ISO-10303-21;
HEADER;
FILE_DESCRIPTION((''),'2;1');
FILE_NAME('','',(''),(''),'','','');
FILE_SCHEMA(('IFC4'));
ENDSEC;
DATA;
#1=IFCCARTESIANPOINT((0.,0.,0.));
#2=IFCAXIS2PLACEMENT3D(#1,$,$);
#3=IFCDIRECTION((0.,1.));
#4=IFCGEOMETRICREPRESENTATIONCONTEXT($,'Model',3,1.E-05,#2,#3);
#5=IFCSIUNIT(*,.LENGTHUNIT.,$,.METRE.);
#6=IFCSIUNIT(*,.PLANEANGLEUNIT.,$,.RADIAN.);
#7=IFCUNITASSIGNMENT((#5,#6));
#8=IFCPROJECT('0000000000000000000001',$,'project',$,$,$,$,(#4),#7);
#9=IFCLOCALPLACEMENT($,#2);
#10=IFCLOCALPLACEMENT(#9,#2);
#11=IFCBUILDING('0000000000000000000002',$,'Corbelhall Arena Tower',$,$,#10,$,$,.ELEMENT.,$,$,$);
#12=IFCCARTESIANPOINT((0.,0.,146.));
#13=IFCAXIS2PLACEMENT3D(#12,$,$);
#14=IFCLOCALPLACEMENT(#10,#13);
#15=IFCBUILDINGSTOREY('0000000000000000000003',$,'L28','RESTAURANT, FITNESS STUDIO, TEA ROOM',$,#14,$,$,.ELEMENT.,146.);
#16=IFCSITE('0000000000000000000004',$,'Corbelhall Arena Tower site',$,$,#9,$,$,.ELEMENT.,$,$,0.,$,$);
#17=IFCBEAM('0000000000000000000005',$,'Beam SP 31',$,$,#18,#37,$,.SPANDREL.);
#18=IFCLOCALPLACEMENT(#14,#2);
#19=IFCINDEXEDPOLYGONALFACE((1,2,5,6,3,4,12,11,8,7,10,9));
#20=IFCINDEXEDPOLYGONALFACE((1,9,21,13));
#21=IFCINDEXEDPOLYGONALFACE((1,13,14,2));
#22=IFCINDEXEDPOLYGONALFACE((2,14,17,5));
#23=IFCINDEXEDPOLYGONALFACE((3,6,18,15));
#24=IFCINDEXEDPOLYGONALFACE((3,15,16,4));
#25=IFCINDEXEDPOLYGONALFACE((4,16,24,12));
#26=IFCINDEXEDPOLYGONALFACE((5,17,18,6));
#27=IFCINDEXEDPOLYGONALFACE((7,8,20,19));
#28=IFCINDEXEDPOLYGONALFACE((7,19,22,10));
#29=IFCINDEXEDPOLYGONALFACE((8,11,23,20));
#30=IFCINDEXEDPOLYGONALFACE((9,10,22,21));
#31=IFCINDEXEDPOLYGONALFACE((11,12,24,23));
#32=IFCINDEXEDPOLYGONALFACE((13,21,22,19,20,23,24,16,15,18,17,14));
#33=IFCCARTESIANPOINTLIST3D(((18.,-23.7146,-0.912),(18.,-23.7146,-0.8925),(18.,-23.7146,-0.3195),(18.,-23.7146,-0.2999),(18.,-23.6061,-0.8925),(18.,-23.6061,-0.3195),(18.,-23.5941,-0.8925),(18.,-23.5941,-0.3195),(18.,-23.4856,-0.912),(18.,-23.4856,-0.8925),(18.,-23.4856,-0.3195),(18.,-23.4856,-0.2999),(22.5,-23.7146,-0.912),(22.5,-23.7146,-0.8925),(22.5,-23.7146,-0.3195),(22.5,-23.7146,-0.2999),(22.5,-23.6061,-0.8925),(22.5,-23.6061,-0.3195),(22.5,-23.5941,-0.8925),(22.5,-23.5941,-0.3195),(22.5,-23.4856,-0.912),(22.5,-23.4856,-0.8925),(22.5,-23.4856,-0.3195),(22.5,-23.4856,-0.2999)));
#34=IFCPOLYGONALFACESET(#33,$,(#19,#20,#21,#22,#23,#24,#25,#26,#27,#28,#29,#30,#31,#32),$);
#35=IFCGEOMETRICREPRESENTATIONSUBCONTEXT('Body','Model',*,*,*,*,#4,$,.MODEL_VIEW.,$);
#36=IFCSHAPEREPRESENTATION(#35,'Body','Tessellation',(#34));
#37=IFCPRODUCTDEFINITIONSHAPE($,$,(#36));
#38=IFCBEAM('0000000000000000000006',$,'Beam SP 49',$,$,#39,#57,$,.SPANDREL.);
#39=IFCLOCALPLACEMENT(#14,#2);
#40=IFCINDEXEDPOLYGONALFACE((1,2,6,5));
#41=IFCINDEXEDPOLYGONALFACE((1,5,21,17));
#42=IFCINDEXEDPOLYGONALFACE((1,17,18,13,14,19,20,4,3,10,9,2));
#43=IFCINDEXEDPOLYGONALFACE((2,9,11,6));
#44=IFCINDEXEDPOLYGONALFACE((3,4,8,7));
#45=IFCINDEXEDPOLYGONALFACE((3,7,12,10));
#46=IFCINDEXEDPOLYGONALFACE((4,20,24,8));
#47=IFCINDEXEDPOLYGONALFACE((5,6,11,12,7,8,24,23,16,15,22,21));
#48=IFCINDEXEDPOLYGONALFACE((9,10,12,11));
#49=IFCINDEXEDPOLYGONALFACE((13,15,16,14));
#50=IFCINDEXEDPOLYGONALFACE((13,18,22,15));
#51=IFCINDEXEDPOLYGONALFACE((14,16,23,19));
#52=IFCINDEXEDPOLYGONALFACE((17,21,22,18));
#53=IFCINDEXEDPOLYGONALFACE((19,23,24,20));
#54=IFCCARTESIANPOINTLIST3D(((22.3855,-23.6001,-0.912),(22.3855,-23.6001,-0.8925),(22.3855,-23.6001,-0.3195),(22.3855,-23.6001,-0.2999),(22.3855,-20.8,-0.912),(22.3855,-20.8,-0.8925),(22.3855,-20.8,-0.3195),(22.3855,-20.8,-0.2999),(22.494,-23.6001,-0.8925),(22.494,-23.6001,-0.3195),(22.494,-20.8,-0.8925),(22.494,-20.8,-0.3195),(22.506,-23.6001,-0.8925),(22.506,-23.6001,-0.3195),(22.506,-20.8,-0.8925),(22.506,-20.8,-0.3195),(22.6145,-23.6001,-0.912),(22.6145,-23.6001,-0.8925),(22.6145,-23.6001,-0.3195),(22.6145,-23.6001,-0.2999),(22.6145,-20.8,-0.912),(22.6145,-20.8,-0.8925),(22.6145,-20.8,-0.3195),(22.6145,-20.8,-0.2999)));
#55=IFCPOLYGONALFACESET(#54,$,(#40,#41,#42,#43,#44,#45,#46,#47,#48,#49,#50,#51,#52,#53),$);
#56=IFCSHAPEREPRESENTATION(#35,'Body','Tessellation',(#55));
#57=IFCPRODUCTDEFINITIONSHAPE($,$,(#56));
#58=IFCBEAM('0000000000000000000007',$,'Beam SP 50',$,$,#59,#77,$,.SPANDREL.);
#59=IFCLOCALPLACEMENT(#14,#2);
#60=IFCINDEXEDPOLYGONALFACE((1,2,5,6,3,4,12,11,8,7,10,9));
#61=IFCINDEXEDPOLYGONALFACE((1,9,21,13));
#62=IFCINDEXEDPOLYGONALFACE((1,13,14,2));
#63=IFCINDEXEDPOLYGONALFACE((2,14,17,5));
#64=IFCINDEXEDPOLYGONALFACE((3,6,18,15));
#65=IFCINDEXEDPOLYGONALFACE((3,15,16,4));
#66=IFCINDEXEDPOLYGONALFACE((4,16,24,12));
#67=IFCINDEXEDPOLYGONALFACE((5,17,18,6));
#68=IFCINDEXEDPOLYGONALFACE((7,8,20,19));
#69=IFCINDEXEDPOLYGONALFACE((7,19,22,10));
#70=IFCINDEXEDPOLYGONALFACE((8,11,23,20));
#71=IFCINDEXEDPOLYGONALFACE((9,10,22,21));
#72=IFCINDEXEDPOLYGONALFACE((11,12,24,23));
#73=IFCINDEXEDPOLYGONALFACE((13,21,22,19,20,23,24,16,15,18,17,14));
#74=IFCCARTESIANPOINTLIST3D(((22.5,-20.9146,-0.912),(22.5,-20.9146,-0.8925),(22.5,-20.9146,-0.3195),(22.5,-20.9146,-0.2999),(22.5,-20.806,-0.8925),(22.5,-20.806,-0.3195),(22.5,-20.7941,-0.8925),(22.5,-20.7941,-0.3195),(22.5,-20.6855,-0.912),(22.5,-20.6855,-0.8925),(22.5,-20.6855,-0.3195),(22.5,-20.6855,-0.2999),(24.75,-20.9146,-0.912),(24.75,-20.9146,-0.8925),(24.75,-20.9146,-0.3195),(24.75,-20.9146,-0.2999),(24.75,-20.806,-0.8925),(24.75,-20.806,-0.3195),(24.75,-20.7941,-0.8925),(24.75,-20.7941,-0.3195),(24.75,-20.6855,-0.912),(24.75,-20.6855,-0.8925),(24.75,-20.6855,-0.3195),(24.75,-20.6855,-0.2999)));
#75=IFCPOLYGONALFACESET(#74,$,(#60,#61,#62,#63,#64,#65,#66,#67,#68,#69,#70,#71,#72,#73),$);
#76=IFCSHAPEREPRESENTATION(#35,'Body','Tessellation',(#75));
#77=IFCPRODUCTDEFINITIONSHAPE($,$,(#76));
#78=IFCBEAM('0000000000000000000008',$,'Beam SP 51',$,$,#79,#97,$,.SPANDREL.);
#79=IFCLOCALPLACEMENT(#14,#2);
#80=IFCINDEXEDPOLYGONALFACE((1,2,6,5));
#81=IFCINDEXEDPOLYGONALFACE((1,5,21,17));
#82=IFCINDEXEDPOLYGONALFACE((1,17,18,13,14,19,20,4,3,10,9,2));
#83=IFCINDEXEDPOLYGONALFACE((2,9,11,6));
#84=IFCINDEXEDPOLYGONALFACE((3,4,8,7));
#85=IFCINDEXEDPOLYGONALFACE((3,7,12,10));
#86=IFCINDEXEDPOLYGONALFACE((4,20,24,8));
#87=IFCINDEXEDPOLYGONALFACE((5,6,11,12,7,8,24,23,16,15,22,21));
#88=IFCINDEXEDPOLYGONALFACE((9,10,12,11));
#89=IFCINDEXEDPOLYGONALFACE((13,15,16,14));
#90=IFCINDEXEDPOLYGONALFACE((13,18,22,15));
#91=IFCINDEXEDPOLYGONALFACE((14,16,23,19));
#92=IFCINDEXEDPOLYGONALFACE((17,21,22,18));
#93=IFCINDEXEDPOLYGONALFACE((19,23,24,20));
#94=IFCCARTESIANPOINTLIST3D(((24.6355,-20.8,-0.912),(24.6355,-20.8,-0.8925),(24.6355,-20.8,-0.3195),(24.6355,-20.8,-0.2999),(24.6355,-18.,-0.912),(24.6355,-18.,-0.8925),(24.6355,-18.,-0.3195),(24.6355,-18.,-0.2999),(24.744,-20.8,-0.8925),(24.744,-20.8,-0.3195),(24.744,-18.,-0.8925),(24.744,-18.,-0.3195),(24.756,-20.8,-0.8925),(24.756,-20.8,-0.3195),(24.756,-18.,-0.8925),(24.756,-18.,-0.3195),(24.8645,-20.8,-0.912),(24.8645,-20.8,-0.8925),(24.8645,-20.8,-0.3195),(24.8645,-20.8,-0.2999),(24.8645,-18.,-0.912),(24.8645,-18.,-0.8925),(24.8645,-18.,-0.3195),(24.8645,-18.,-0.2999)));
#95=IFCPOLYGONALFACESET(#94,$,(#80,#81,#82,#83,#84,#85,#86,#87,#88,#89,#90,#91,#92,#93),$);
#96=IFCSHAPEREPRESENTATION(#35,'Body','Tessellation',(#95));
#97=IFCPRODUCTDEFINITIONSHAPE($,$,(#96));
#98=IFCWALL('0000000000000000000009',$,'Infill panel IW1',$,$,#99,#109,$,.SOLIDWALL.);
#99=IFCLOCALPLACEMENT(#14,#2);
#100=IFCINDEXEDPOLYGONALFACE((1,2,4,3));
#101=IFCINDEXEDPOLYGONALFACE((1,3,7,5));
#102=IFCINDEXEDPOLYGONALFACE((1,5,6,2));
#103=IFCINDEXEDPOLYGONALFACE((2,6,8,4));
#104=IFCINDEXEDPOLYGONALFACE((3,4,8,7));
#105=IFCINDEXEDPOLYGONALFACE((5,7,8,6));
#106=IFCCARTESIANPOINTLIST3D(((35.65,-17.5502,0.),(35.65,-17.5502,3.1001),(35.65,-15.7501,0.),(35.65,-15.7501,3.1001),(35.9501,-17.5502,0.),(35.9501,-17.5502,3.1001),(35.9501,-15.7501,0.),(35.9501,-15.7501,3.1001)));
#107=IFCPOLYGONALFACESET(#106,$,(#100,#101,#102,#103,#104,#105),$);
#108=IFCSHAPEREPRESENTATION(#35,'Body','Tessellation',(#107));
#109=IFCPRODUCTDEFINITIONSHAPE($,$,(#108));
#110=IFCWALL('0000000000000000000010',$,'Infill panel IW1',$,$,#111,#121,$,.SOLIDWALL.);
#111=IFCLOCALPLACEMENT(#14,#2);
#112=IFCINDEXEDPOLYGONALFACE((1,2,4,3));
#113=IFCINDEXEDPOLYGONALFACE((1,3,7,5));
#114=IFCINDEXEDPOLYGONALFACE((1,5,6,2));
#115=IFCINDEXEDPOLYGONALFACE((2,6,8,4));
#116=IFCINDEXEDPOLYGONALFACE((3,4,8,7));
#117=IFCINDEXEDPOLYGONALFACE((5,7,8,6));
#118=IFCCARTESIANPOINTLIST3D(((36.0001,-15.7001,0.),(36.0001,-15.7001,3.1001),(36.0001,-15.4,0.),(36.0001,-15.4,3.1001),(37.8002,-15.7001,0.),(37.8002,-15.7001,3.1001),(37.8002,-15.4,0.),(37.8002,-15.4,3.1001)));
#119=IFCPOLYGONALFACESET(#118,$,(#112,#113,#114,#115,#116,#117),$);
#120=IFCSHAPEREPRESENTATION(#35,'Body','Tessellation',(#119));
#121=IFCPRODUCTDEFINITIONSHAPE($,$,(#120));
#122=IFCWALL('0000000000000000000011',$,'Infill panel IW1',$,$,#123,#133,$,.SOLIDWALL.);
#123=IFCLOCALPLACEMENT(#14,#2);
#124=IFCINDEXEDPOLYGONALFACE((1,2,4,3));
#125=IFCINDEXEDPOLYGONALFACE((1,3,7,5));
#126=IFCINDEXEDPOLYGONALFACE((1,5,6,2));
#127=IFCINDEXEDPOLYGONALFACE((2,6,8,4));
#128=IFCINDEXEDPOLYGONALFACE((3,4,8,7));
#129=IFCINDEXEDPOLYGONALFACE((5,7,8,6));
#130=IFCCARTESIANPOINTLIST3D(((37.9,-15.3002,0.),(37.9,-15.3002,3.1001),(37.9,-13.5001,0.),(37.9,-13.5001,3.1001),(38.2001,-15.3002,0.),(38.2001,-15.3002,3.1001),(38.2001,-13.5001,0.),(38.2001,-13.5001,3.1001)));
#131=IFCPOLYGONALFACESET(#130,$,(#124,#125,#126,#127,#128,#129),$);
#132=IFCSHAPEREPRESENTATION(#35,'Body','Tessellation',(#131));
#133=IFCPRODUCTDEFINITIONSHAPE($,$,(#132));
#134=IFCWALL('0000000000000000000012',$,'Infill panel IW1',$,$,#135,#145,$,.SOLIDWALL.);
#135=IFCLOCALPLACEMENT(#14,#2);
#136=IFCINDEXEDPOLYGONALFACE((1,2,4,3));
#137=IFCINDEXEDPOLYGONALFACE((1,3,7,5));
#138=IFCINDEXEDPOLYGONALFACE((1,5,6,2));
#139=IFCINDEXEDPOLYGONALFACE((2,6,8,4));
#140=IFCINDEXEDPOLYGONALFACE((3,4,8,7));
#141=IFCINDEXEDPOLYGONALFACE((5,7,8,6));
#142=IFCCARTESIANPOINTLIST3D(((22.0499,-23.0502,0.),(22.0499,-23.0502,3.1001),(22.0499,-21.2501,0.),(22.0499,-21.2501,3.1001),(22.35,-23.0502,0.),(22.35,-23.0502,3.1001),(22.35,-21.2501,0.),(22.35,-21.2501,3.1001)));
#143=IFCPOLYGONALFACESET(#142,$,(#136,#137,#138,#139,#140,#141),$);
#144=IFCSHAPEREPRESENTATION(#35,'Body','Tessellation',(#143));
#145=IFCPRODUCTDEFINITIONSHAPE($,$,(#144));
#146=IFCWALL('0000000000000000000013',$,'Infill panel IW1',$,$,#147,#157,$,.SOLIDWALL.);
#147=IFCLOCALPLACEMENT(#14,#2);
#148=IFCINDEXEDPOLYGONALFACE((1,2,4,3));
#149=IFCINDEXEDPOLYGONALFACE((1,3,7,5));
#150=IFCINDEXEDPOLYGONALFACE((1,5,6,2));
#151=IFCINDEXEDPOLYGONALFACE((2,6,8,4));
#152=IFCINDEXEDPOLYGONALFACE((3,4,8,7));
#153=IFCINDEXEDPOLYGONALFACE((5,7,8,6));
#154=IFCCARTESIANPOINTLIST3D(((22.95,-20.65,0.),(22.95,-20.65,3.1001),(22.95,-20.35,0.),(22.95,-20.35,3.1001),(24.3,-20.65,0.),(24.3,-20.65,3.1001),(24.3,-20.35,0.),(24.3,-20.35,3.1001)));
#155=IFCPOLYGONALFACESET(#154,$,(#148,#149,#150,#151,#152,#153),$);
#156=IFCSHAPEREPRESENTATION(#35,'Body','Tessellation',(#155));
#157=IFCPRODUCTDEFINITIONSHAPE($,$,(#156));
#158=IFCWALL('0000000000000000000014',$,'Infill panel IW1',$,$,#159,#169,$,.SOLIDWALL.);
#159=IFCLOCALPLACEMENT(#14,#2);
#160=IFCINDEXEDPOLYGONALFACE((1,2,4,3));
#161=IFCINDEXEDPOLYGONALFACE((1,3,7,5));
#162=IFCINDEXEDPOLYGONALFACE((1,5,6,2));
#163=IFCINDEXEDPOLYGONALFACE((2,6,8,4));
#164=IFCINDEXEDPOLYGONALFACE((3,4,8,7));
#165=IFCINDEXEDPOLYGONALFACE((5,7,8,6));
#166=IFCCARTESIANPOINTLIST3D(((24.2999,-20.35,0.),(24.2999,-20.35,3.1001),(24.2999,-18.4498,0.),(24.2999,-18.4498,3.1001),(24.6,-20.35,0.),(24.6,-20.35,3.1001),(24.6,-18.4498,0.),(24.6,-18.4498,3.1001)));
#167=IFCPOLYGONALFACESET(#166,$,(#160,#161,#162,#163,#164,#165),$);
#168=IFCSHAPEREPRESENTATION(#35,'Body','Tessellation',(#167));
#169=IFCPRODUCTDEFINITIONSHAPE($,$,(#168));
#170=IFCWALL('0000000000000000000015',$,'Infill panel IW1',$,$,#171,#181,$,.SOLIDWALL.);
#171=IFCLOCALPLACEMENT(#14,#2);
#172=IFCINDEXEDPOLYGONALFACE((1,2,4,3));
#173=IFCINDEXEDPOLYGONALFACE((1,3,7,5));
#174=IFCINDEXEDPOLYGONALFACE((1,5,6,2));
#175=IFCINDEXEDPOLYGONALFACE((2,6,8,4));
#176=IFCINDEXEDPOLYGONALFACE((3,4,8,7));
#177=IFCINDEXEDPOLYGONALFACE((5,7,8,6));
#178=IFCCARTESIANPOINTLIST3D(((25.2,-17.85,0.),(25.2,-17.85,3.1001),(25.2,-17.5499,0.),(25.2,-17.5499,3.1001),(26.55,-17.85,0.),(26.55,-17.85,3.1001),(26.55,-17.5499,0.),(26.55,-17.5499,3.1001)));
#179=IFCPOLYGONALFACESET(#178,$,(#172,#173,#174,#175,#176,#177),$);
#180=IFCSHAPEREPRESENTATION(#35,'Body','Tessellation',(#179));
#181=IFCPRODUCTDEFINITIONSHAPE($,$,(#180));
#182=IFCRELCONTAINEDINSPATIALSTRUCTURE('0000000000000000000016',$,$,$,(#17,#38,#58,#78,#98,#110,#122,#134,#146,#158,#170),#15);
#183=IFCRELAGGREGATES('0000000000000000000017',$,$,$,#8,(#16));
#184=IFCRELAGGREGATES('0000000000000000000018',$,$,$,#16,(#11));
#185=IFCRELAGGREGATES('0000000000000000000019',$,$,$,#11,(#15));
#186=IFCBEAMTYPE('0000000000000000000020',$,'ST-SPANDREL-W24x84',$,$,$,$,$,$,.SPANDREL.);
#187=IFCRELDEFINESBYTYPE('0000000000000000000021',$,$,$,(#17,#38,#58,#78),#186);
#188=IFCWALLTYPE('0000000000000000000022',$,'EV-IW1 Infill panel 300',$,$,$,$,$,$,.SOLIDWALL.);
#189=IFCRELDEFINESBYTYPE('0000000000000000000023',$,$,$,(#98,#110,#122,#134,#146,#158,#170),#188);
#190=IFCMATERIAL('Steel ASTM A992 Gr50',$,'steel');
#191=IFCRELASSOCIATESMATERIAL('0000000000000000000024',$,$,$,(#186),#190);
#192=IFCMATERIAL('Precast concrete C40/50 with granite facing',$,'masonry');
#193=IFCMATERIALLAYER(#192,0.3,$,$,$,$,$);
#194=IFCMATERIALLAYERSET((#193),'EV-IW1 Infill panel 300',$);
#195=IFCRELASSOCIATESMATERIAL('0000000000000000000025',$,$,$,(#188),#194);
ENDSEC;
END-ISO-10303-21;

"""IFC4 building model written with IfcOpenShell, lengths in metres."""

from ifc_helpers import new_model, si_unit, direction, frame, frame_2d, origin, origin_2d, place, context, subcontext, project, spatial, rectangle, i_section, extrude, material, layer, layer_set, material_profile, profile_set, type_object, element, save


model = new_model("IFC4")

# Units and contexts
model_context = context("Model", 3, precision=1e-05, world=origin(), true_north=direction((0.0, 1.0)))
body_context = subcontext(model_context, "Body", "Model", "MODEL_VIEW")
ifc_project = project(units=[si_unit("LENGTHUNIT", "METRE"), si_unit("PLANEANGLEUNIT", "RADIAN")], contexts=[model_context])

# Site, building, storey
site_placement = place(None, origin())
site = spatial("IfcSite", under=ifc_project, at=site_placement, Name="Corbelhall Arena Tower site", CompositionType="ELEMENT", RefElevation=0.0)
building_placement = place(site_placement, origin())
building = spatial("IfcBuilding", under=site, at=building_placement, Name="Corbelhall Arena Tower", CompositionType="ELEMENT")
storey_placement = place(building_placement, frame((0.0, 0.0, 146.0)))
storey = spatial("IfcBuildingStorey", under=building, at=storey_placement, Name="L28", Description="RESTAURANT, FITNESS STUDIO, TEA ROOM", CompositionType="ELEMENT", Elevation=146.0)

# Beams
ifc_material_1 = material(Name="Steel ASTM A992 Gr50", Category="steel")
ifc_material_profile_1 = material_profile(ifc_material_1, i_section(OverallWidth=0.229, OverallDepth=0.6121, WebThickness=0.012, FlangeThickness=0.0195, at=origin_2d()))
ifc_profile_set_1 = profile_set([ifc_material_profile_1], Name="Steel ASTM A992 Gr50")
beam_type = type_object("IfcBeamType", Name="ST-SPANDREL-W24x84", PredefinedType="SPANDREL", material=ifc_profile_set_1)
beam_1_placement = place(storey_placement, frame((22.5, -23.6001, -0.606), z_axis=(-1.0, 0.0, 0.0), x_axis=(0.0, -1.0, 0.0)))
element("IfcBeam", 1, at=beam_1_placement, inside=storey, type_object=beam_type, Name="Beam SP 31", PredefinedType="SPANDREL", context=body_context, shape_type="SweptSolid", body=[
    extrude(i_section(OverallWidth=0.229, OverallDepth=0.6121, WebThickness=0.012, FlangeThickness=0.0195, at=origin_2d()), origin(), (0.0, 0.0, 1.0), 4.5),
])
beam_2_placement = place(storey_placement, frame((22.5, -20.8, -0.606), z_axis=(0.0, -1.0, 0.0), x_axis=(1.0, 0.0, 0.0)))
element("IfcBeam", 2, at=beam_2_placement, inside=storey, type_object=beam_type, Name="Beam SP 49", PredefinedType="SPANDREL", context=body_context, shape_type="SweptSolid", body=[
    extrude(i_section(OverallWidth=0.229, OverallDepth=0.6121, WebThickness=0.012, FlangeThickness=0.0195, at=origin_2d()), origin(), (0.0, 0.0, 1.0), 2.8),
])
beam_3_placement = place(storey_placement, frame((24.75, -20.8, -0.606), z_axis=(-1.0, 0.0, 0.0), x_axis=(0.0, -1.0, 0.0)))
element("IfcBeam", 3, at=beam_3_placement, inside=storey, type_object=beam_type, Name="Beam SP 50", PredefinedType="SPANDREL", context=body_context, shape_type="SweptSolid", body=[
    extrude(i_section(OverallWidth=0.229, OverallDepth=0.6121, WebThickness=0.012, FlangeThickness=0.0195, at=origin_2d()), origin(), (0.0, 0.0, 1.0), 2.25),
])
beam_4_placement = place(storey_placement, frame((24.75, -18.0, -0.606), z_axis=(0.0, -1.0, 0.0), x_axis=(1.0, 0.0, 0.0)))
element("IfcBeam", 4, at=beam_4_placement, inside=storey, type_object=beam_type, Name="Beam SP 51", PredefinedType="SPANDREL", context=body_context, shape_type="SweptSolid", body=[
    extrude(i_section(OverallWidth=0.229, OverallDepth=0.6121, WebThickness=0.012, FlangeThickness=0.0195, at=origin_2d()), origin(), (0.0, 0.0, 1.0), 2.8),
])

# Walls
ifc_material_2 = material(Name="Precast concrete C40/50 with granite facing", Category="masonry")
ifc_layer = layer(ifc_material_2, 0.3)
ifc_layer_set = layer_set([ifc_layer], Name="EV-IW1 Infill panel 300")
wall_type = type_object("IfcWallType", Name="EV-IW1 Infill panel 300", PredefinedType="SOLIDWALL", material=ifc_layer_set)
for number, where, z_axis, x_axis, name in (
    (5, (35.8, -17.55, 0.0), (0.0, 0.0, 1.0), (0.0, 1.0, 0.0), "Infill panel IW1"),
    (6, (37.8, -15.55, 0.0), (0.0, 0.0, 1.0), (-1.0, 0.0, 0.0), "Infill panel IW1"),
    (7, (38.05, -15.3, 0.0), (0.0, 0.0, 1.0), (0.0, 1.0, 0.0), "Infill panel IW1"),
    (8, (22.2, -23.05, 0.0), (0.0, 0.0, 1.0), (0.0, 1.0, 0.0), "Infill panel IW1"),
):
    element("IfcWall", number, at=place(storey_placement, frame(where, z_axis=z_axis, x_axis=x_axis)), inside=storey, type_object=wall_type, Name=name, PredefinedType="SOLIDWALL", context=body_context, shape_type="SweptSolid", body=[
        extrude(rectangle(XDim=1.8, YDim=0.3, at=frame_2d((0.8999, 0.0))), origin(), (0.0, 0.0, 1.0), 3.1001),
    ])
wall_1_placement = place(storey_placement, frame((22.95, -20.5, 0.0), z_axis=(0.0, 0.0, 1.0), x_axis=(1.0, 0.0, 0.0)))
element("IfcWall", 9, at=wall_1_placement, inside=storey, type_object=wall_type, Name="Infill panel IW1", PredefinedType="SOLIDWALL", context=body_context, shape_type="SweptSolid", body=[
    extrude(rectangle(XDim=1.3501, YDim=0.3, at=frame_2d((0.675, 0.0))), origin(), (0.0, 0.0, 1.0), 3.1001),
])
wall_2_placement = place(storey_placement, frame((24.45, -20.3501, 0.0), z_axis=(0.0, 0.0, 1.0), x_axis=(0.0, 1.0, 0.0)))
element("IfcWall", 10, at=wall_2_placement, inside=storey, type_object=wall_type, Name="Infill panel IW1", PredefinedType="SOLIDWALL", context=body_context, shape_type="SweptSolid", body=[
    extrude(rectangle(XDim=1.9001, YDim=0.3, at=frame_2d((0.9502, 0.0))), origin(), (0.0, 0.0, 1.0), 3.1001),
])
wall_3_placement = place(storey_placement, frame((25.2, -17.7, 0.0), z_axis=(0.0, 0.0, 1.0), x_axis=(1.0, 0.0, 0.0)))
element("IfcWall", 11, at=wall_3_placement, inside=storey, type_object=wall_type, Name="Infill panel IW1", PredefinedType="SOLIDWALL", context=body_context, shape_type="SweptSolid", body=[
    extrude(rectangle(XDim=1.3501, YDim=0.3, at=frame_2d((0.675, 0.0))), origin(), (0.0, 0.0, 1.0), 3.1001),
])

save(model, "model.ifc")
